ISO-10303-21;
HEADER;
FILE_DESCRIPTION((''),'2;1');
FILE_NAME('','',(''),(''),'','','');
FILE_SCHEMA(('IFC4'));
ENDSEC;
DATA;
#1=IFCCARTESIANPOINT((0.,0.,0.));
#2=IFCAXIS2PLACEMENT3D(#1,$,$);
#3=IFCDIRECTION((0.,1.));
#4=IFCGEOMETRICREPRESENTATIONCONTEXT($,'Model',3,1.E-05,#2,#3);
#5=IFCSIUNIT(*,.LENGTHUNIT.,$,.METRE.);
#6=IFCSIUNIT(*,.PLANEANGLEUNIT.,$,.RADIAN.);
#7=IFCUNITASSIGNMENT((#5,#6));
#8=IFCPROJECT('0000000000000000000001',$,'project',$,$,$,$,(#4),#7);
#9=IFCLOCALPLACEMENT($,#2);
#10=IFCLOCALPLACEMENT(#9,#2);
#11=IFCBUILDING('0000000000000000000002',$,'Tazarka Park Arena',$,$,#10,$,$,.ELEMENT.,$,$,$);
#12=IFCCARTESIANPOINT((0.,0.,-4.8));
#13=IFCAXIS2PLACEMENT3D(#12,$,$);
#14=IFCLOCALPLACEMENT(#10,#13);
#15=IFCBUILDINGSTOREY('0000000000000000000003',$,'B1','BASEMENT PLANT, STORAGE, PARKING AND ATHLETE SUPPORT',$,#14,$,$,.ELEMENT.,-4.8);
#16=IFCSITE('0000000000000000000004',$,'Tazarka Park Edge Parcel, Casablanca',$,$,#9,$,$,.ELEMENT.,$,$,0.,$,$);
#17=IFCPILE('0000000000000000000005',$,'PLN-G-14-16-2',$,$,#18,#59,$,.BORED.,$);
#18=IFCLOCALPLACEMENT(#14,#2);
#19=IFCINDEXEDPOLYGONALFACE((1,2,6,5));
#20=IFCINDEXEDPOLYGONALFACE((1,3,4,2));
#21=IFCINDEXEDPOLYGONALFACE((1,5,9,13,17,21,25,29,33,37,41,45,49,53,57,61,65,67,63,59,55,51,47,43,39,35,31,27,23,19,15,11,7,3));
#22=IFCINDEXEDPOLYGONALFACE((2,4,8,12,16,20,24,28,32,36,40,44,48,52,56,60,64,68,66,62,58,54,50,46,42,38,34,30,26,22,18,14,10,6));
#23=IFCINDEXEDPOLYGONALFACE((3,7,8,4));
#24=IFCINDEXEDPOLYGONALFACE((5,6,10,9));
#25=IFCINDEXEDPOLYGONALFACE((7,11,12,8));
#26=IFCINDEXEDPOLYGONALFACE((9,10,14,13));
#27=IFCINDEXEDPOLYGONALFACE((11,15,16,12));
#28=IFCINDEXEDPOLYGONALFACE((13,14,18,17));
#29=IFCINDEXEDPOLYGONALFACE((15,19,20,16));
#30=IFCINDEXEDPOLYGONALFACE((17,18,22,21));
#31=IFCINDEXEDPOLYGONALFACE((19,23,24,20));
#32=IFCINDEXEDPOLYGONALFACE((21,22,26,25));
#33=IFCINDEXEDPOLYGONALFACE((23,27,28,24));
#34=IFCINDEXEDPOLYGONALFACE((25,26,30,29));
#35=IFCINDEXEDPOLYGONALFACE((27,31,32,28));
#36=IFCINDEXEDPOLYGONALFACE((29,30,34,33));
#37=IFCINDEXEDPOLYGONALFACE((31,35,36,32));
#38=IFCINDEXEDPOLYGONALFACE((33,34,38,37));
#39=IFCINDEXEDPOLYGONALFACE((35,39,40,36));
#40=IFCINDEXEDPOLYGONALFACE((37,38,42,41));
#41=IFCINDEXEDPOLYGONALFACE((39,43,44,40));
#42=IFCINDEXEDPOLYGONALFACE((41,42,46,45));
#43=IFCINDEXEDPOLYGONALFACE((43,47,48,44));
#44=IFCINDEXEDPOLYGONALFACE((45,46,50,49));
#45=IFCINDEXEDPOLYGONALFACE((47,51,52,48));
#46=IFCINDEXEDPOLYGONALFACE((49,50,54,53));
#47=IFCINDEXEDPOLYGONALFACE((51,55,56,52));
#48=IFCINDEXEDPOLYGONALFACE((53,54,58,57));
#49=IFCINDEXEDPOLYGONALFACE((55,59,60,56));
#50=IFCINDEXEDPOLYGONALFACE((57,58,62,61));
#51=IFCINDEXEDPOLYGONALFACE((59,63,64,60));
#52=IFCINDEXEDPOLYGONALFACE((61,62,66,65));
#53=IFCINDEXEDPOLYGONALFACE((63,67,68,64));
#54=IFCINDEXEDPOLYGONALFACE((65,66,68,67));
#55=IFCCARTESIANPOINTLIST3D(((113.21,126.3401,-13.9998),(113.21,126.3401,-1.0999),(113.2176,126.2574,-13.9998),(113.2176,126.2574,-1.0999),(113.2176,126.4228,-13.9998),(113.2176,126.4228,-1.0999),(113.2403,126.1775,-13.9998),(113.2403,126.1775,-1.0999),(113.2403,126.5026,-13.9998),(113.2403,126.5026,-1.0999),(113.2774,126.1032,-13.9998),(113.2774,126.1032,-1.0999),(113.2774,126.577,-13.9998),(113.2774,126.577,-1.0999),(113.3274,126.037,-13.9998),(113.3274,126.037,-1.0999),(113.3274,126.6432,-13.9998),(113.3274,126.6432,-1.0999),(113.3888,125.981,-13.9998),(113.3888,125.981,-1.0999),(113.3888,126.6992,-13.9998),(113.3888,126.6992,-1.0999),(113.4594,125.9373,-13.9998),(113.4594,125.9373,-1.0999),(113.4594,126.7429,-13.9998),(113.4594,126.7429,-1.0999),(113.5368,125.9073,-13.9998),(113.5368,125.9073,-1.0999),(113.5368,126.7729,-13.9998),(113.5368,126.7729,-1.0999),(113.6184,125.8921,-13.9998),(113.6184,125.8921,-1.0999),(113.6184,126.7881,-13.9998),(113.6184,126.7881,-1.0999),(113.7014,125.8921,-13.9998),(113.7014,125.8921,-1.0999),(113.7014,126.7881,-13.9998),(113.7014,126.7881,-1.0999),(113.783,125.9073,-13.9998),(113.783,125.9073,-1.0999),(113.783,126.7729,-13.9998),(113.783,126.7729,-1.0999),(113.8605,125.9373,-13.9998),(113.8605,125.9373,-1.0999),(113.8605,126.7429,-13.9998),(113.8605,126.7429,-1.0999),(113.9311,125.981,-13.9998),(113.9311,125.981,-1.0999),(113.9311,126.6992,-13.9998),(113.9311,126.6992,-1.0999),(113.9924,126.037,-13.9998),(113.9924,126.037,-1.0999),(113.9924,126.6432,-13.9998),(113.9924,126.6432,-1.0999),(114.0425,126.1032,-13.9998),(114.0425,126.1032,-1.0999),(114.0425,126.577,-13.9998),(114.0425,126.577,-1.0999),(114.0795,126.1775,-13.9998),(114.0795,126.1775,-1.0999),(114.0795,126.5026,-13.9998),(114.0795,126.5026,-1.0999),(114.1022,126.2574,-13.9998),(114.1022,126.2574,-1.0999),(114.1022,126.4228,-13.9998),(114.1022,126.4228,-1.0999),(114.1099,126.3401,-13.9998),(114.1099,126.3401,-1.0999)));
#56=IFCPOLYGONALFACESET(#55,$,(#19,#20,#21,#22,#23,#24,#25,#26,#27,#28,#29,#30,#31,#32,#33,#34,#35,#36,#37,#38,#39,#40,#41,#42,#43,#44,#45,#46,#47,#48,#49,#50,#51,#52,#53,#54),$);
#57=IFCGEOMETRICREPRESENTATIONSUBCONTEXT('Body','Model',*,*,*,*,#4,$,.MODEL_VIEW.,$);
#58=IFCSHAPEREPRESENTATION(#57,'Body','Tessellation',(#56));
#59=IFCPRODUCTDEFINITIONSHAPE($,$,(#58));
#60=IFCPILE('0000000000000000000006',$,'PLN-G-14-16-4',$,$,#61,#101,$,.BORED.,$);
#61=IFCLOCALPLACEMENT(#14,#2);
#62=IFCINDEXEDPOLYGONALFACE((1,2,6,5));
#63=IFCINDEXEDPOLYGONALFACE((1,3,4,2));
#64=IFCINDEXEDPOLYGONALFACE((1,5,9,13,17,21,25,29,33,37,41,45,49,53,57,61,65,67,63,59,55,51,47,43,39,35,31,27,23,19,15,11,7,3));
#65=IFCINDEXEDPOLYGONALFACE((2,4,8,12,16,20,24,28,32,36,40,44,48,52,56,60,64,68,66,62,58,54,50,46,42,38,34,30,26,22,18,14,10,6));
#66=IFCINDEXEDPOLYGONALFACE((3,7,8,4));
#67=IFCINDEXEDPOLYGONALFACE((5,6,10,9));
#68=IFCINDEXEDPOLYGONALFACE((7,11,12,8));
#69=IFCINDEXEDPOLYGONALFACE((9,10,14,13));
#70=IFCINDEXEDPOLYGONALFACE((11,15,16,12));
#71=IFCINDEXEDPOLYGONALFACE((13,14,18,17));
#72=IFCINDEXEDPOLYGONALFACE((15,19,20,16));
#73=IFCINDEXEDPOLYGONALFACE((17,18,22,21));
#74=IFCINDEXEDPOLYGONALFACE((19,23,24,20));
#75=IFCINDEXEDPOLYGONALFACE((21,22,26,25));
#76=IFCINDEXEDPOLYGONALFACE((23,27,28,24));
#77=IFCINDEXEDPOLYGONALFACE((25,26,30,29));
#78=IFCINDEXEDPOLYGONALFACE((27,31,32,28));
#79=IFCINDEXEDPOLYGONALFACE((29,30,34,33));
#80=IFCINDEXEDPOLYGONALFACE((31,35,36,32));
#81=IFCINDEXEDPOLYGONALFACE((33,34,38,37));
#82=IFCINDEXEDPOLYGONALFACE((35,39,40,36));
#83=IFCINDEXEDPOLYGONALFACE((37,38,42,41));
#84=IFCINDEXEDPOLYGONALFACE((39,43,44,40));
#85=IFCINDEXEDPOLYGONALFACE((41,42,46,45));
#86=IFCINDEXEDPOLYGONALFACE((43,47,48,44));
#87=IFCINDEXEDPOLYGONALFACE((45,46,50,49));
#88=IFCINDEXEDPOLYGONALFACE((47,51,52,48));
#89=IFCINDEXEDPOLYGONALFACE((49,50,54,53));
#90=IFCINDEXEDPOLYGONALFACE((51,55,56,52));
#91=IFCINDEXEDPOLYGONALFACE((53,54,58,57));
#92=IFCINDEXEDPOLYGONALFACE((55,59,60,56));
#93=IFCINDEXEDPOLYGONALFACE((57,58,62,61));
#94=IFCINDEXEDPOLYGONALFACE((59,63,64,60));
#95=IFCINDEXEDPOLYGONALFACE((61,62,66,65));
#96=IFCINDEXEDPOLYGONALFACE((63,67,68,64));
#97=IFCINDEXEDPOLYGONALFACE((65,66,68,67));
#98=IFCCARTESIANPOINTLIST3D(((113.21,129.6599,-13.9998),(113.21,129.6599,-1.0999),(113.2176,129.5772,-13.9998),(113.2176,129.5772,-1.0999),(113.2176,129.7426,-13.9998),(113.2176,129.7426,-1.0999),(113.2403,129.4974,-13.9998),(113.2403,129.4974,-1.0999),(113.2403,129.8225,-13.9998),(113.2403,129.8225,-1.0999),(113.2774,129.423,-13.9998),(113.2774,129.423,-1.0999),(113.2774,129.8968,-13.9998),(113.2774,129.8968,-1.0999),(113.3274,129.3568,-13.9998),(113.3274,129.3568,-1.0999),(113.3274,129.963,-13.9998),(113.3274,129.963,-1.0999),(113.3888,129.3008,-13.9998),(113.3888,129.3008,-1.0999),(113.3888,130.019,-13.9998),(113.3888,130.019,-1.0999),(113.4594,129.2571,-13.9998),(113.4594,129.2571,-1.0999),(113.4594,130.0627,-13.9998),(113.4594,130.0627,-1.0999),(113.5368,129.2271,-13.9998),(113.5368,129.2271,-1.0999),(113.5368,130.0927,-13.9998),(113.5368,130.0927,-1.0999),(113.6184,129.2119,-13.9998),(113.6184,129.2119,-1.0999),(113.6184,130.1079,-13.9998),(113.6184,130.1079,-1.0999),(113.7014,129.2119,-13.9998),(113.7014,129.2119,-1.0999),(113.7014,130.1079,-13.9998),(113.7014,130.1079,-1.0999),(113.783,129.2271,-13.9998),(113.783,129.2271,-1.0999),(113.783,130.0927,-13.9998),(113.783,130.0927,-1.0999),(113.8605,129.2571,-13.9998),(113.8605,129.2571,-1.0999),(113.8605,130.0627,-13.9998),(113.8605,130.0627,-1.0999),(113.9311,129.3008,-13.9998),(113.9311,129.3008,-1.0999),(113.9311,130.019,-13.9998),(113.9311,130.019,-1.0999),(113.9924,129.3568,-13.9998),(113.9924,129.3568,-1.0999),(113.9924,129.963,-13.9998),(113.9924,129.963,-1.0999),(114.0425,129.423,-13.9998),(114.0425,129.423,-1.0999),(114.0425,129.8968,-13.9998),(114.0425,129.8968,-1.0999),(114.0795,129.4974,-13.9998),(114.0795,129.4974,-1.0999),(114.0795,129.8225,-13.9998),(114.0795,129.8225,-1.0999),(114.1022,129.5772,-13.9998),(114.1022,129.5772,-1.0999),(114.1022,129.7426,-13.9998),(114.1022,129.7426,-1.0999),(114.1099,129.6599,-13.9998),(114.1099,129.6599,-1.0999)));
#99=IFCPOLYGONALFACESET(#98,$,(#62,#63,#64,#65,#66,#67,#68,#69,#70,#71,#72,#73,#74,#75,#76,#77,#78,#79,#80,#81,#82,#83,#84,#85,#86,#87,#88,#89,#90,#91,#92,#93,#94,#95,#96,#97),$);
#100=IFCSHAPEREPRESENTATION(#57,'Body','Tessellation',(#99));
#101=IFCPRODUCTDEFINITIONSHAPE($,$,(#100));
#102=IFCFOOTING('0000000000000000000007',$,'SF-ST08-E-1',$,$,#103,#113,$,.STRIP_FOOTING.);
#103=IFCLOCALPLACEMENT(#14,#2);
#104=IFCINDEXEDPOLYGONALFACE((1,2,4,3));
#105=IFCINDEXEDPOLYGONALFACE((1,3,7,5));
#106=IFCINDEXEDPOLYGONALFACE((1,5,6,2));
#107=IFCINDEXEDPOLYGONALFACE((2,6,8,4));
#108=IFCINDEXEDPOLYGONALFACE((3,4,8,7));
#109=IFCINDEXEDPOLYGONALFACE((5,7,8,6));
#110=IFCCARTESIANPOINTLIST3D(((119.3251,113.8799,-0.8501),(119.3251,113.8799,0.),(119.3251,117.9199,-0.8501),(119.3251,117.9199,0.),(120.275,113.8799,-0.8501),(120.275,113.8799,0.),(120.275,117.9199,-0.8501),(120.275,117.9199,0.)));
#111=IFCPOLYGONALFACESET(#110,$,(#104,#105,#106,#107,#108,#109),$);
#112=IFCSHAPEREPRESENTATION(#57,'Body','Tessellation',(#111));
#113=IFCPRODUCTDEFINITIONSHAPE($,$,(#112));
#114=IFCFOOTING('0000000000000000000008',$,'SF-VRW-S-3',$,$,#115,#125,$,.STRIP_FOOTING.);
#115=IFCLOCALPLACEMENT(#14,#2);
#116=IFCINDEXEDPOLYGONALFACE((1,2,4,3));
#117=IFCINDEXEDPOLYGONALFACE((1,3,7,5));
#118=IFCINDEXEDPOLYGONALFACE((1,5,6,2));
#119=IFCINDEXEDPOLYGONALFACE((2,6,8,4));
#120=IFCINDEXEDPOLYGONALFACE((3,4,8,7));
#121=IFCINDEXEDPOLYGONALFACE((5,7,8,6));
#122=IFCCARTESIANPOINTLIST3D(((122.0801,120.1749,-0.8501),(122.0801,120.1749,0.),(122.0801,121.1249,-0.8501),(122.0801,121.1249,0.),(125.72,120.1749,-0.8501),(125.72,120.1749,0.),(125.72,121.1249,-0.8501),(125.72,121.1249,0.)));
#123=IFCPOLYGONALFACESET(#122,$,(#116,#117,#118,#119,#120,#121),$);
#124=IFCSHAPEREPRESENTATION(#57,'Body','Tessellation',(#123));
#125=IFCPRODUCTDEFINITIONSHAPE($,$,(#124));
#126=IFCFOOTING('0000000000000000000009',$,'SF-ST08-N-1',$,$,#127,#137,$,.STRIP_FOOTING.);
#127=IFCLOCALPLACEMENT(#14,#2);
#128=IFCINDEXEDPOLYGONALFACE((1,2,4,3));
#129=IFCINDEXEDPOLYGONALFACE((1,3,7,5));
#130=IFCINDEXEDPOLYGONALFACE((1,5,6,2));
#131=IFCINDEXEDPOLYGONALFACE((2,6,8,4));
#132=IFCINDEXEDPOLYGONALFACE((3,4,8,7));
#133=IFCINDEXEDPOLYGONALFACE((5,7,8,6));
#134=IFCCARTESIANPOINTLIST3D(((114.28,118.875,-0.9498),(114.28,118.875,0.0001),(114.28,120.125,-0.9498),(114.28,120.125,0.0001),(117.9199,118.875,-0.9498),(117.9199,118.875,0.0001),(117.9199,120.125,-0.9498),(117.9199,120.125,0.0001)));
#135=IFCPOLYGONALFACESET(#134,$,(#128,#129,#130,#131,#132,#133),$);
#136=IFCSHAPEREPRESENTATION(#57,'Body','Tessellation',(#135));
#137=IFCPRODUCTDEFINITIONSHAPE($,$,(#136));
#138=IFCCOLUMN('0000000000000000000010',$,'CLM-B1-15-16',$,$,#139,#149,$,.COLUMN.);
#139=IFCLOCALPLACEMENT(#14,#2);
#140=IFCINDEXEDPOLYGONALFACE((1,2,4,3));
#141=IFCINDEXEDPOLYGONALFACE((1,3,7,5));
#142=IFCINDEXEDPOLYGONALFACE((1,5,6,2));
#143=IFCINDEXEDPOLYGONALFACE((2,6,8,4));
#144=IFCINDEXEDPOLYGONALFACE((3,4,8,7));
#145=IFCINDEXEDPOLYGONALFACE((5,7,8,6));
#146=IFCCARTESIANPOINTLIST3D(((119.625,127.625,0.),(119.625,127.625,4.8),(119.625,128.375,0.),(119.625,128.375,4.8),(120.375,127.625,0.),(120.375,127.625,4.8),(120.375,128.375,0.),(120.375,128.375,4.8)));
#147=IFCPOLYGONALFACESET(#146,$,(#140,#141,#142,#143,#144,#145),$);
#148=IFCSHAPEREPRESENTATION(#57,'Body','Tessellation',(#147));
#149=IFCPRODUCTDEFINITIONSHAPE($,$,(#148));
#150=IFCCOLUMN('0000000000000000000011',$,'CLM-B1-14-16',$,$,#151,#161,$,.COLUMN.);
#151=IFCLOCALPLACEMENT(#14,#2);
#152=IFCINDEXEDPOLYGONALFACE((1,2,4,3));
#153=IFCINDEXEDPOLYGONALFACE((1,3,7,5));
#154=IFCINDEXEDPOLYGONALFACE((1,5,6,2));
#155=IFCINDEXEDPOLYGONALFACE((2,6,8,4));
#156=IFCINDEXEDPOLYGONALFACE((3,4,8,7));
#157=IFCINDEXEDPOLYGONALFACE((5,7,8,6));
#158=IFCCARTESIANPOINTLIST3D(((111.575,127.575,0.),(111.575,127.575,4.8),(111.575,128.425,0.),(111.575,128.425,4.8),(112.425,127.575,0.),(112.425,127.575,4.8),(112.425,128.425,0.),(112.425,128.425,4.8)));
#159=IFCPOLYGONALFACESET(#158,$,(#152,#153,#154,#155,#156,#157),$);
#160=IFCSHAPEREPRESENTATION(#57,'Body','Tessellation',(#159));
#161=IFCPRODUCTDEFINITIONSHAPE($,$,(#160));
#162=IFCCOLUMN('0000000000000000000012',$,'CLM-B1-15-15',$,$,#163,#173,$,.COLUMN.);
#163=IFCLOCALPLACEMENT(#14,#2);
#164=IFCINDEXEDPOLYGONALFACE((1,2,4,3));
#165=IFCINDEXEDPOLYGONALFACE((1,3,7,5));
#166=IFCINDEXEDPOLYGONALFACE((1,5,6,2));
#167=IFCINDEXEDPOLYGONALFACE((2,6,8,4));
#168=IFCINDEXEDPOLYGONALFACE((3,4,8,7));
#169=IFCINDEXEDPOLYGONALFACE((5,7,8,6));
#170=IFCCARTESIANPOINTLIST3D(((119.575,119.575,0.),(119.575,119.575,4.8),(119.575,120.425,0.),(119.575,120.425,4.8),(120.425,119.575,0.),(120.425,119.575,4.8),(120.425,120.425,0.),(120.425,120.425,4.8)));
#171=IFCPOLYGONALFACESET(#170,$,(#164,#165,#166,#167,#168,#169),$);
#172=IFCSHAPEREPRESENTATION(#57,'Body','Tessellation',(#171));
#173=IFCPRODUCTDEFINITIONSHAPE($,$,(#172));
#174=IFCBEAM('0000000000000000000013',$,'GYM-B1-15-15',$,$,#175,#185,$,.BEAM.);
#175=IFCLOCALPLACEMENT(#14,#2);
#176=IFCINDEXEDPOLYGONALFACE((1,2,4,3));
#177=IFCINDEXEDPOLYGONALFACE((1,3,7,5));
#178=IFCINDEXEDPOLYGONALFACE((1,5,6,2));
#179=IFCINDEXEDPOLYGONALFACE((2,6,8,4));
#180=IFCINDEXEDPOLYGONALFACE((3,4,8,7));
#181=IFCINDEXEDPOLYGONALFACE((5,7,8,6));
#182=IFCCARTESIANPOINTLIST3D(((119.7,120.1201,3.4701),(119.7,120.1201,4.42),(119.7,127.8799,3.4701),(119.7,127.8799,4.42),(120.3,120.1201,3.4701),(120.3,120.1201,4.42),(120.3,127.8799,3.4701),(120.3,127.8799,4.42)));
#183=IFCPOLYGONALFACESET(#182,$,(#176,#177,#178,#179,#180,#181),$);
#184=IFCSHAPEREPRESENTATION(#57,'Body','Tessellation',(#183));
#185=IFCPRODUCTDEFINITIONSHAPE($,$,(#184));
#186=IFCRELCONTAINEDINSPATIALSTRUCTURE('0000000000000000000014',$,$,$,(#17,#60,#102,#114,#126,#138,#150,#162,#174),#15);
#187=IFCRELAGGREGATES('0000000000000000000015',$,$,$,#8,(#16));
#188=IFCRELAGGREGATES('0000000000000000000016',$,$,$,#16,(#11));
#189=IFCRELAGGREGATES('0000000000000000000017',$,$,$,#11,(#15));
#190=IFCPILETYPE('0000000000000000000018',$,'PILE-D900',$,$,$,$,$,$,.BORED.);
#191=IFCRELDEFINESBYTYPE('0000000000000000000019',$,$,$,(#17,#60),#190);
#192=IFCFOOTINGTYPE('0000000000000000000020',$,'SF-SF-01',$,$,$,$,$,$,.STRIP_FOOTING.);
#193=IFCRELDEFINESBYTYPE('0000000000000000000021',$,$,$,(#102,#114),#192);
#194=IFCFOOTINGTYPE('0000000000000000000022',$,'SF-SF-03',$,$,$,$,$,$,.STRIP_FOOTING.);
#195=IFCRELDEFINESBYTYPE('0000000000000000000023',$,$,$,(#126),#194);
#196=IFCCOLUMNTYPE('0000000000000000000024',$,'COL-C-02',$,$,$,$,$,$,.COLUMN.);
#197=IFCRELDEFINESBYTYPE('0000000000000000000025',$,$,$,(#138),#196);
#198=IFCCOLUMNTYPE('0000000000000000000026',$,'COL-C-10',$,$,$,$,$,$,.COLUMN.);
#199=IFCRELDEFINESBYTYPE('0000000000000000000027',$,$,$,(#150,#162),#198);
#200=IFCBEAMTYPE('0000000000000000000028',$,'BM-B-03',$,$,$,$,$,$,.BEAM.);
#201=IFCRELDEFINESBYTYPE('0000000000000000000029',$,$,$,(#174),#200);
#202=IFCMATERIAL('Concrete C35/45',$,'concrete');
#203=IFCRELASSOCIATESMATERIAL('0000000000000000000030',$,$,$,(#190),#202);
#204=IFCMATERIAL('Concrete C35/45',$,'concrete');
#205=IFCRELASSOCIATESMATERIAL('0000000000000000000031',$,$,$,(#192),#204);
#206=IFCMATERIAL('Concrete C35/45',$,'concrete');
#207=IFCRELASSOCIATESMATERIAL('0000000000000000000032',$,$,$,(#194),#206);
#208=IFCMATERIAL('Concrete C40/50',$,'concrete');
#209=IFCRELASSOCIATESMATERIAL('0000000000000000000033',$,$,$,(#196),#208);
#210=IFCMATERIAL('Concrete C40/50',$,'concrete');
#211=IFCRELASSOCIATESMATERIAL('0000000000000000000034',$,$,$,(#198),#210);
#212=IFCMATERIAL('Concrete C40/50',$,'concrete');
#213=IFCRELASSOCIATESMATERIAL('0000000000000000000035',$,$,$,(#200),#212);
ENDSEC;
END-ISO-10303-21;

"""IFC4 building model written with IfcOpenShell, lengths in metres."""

from ifc_helpers import new_model, si_unit, direction, frame, origin, origin_2d, place, context, subcontext, project, spatial, rectangle, circle, extrude, material, material_profile, profile_set, type_object, element, save


model = new_model("IFC4")

# Units and contexts
model_context = context("Model", 3, precision=1e-05, world=origin(), true_north=direction((0.0, 1.0)))
body_context = subcontext(model_context, "Body", "Model", "MODEL_VIEW")
ifc_project = project(units=[si_unit("LENGTHUNIT", "METRE"), si_unit("PLANEANGLEUNIT", "RADIAN")], contexts=[model_context])

# Site, building, storey
site_placement = place(None, origin())
site = spatial("IfcSite", under=ifc_project, at=site_placement, Name="Tazarka Park Edge Parcel, Casablanca", CompositionType="ELEMENT", RefElevation=0.0)
building_placement = place(site_placement, origin())
building = spatial("IfcBuilding", under=site, at=building_placement, Name="Tazarka Park Arena", CompositionType="ELEMENT")
storey_placement = place(building_placement, frame((0.0, 0.0, -4.8)))
storey = spatial("IfcBuildingStorey", under=building, at=storey_placement, Name="B1", Description="BASEMENT PLANT, STORAGE, PARKING AND ATHLETE SUPPORT", CompositionType="ELEMENT", Elevation=-4.8)

# Piles
ifc_material_1 = material(Name="Concrete C35/45", Category="concrete")
ifc_material_profile_1 = material_profile(ifc_material_1, circle(Radius=0.45, at=origin_2d()), Name="Concrete C35/45")
ifc_profile_set_1 = profile_set([ifc_material_profile_1], Name="Concrete C35/45")
pile_type_1 = type_object("IfcPileType", Name="PILE-D900", PredefinedType="BORED", material=ifc_profile_set_1)
for number, where, z_axis, x_axis, name in (
    (1, (113.6599, 126.3401, -1.0999), (0.0, 0.0, -1.0), (1.0, 0.0, 0.0), "PLN-G-14-16-2"),
    (2, (113.6599, 129.6599, -1.0999), (0.0, 0.0, -1.0), (1.0, 0.0, 0.0), "PLN-G-14-16-4"),
):
    element("IfcPile", number, at=place(storey_placement, frame(where, z_axis=z_axis, x_axis=x_axis)), inside=storey, type_object=pile_type_1, Name=name, PredefinedType="BORED", context=body_context, shape_type="SweptSolid", body=[
        extrude(circle(Radius=0.45, at=origin_2d()), origin(), (0.0, 0.0, 1.0), 12.8999),
    ])

# Footings
ifc_material_2 = material(Name="Concrete C35/45", Category="concrete")
ifc_material_profile_2 = material_profile(ifc_material_2, rectangle(XDim=0.95, YDim=0.8501, at=origin_2d()), Name="Concrete C35/45")
ifc_profile_set_2 = profile_set([ifc_material_profile_2], Name="Concrete C35/45")
footing_type_1 = type_object("IfcFootingType", Name="SF-SF-01", PredefinedType="STRIP_FOOTING", material=ifc_profile_set_2)
footing_1_placement = place(storey_placement, frame((119.8, 117.9199, -0.425), z_axis=(0.0, -1.0, 0.0), x_axis=(1.0, 0.0, 0.0)))
element("IfcFooting", 3, at=footing_1_placement, inside=storey, type_object=footing_type_1, Name="SF-ST08-E-1", PredefinedType="STRIP_FOOTING", context=body_context, shape_type="SweptSolid", body=[
    extrude(rectangle(XDim=0.95, YDim=0.8501, at=origin_2d()), origin(), (0.0, 0.0, 1.0), 4.04),
])
footing_2_placement = place(storey_placement, frame((122.0801, 120.6499, -0.425), z_axis=(1.0, 0.0, 0.0), x_axis=(0.0, 1.0, 0.0)))
element("IfcFooting", 4, at=footing_2_placement, inside=storey, type_object=footing_type_1, Name="SF-VRW-S-3", PredefinedType="STRIP_FOOTING", context=body_context, shape_type="SweptSolid", body=[
    extrude(rectangle(XDim=0.95, YDim=0.8501, at=origin_2d()), origin(), (0.0, 0.0, 1.0), 3.6399),
])
ifc_material_3 = material(Name="Concrete C35/45", Category="concrete")
ifc_material_profile_3 = material_profile(ifc_material_3, rectangle(XDim=1.25, YDim=0.95, at=origin_2d()), Name="Concrete C35/45")
ifc_profile_set_3 = profile_set([ifc_material_profile_3], Name="Concrete C35/45")
footing_type_2 = type_object("IfcFootingType", Name="SF-SF-03", PredefinedType="STRIP_FOOTING", material=ifc_profile_set_3)
footing_3_placement = place(storey_placement, frame((114.28, 119.5, -0.4749), z_axis=(1.0, 0.0, 0.0), x_axis=(0.0, 1.0, 0.0)))
element("IfcFooting", 5, at=footing_3_placement, inside=storey, type_object=footing_type_2, Name="SF-ST08-N-1", PredefinedType="STRIP_FOOTING", context=body_context, shape_type="SweptSolid", body=[
    extrude(rectangle(XDim=1.25, YDim=0.95, at=origin_2d()), origin(), (0.0, 0.0, 1.0), 3.6399),
])

# Columns
ifc_material_4 = material(Name="Concrete C40/50", Category="concrete")
ifc_material_profile_4 = material_profile(ifc_material_4, rectangle(XDim=0.75, YDim=0.75, at=origin_2d()), Name="Concrete C40/50")
ifc_profile_set_4 = profile_set([ifc_material_profile_4], Name="Concrete C40/50")
column_type_1 = type_object("IfcColumnType", Name="COL-C-02", PredefinedType="COLUMN", material=ifc_profile_set_4)
column_placement = place(storey_placement, frame((120.0, 128.0, 0.0), z_axis=(0.0, 0.0, 1.0), x_axis=(1.0, 0.0, 0.0)))
element("IfcColumn", 6, at=column_placement, inside=storey, type_object=column_type_1, Name="CLM-B1-15-16", PredefinedType="COLUMN", context=body_context, shape_type="SweptSolid", body=[
    extrude(rectangle(XDim=0.75, YDim=0.75, at=origin_2d()), origin(), (0.0, 0.0, 1.0), 4.8),
])
ifc_material_5 = material(Name="Concrete C40/50", Category="concrete")
ifc_material_profile_5 = material_profile(ifc_material_5, rectangle(XDim=0.8501, YDim=0.8501, at=origin_2d()), Name="Concrete C40/50")
ifc_profile_set_5 = profile_set([ifc_material_profile_5], Name="Concrete C40/50")
column_type_2 = type_object("IfcColumnType", Name="COL-C-10", PredefinedType="COLUMN", material=ifc_profile_set_5)
for number, where, z_axis, x_axis, name in (
    (7, (112.0, 128.0, 0.0), (0.0, 0.0, 1.0), (1.0, 0.0, 0.0), "CLM-B1-14-16"),
    (8, (120.0, 120.0, 0.0), (0.0, 0.0, 1.0), (1.0, 0.0, 0.0), "CLM-B1-15-15"),
):
    element("IfcColumn", number, at=place(storey_placement, frame(where, z_axis=z_axis, x_axis=x_axis)), inside=storey, type_object=column_type_2, Name=name, PredefinedType="COLUMN", context=body_context, shape_type="SweptSolid", body=[
        extrude(rectangle(XDim=0.8501, YDim=0.8501, at=origin_2d()), origin(), (0.0, 0.0, 1.0), 4.8),
    ])

# Beam
ifc_material_6 = material(Name="Concrete C40/50", Category="concrete")
ifc_material_profile_6 = material_profile(ifc_material_6, rectangle(XDim=0.6001, YDim=0.95, at=origin_2d()), Name="Concrete C40/50")
ifc_profile_set_6 = profile_set([ifc_material_profile_6], Name="Concrete C40/50")
beam_type_1 = type_object("IfcBeamType", Name="BM-B-03", PredefinedType="BEAM", material=ifc_profile_set_6)
beam_placement = place(storey_placement, frame((120.0, 120.1201, 3.9451), z_axis=(0.0, 1.0, 0.0), x_axis=(-1.0, 0.0, 0.0)))
element("IfcBeam", 9, at=beam_placement, inside=storey, type_object=beam_type_1, Name="GYM-B1-15-15", PredefinedType="BEAM", context=body_context, shape_type="SweptSolid", body=[
    extrude(rectangle(XDim=0.6001, YDim=0.95, at=origin_2d()), origin(), (0.0, 0.0, 1.0), 7.7598),
])

save(model, "model.ifc")
